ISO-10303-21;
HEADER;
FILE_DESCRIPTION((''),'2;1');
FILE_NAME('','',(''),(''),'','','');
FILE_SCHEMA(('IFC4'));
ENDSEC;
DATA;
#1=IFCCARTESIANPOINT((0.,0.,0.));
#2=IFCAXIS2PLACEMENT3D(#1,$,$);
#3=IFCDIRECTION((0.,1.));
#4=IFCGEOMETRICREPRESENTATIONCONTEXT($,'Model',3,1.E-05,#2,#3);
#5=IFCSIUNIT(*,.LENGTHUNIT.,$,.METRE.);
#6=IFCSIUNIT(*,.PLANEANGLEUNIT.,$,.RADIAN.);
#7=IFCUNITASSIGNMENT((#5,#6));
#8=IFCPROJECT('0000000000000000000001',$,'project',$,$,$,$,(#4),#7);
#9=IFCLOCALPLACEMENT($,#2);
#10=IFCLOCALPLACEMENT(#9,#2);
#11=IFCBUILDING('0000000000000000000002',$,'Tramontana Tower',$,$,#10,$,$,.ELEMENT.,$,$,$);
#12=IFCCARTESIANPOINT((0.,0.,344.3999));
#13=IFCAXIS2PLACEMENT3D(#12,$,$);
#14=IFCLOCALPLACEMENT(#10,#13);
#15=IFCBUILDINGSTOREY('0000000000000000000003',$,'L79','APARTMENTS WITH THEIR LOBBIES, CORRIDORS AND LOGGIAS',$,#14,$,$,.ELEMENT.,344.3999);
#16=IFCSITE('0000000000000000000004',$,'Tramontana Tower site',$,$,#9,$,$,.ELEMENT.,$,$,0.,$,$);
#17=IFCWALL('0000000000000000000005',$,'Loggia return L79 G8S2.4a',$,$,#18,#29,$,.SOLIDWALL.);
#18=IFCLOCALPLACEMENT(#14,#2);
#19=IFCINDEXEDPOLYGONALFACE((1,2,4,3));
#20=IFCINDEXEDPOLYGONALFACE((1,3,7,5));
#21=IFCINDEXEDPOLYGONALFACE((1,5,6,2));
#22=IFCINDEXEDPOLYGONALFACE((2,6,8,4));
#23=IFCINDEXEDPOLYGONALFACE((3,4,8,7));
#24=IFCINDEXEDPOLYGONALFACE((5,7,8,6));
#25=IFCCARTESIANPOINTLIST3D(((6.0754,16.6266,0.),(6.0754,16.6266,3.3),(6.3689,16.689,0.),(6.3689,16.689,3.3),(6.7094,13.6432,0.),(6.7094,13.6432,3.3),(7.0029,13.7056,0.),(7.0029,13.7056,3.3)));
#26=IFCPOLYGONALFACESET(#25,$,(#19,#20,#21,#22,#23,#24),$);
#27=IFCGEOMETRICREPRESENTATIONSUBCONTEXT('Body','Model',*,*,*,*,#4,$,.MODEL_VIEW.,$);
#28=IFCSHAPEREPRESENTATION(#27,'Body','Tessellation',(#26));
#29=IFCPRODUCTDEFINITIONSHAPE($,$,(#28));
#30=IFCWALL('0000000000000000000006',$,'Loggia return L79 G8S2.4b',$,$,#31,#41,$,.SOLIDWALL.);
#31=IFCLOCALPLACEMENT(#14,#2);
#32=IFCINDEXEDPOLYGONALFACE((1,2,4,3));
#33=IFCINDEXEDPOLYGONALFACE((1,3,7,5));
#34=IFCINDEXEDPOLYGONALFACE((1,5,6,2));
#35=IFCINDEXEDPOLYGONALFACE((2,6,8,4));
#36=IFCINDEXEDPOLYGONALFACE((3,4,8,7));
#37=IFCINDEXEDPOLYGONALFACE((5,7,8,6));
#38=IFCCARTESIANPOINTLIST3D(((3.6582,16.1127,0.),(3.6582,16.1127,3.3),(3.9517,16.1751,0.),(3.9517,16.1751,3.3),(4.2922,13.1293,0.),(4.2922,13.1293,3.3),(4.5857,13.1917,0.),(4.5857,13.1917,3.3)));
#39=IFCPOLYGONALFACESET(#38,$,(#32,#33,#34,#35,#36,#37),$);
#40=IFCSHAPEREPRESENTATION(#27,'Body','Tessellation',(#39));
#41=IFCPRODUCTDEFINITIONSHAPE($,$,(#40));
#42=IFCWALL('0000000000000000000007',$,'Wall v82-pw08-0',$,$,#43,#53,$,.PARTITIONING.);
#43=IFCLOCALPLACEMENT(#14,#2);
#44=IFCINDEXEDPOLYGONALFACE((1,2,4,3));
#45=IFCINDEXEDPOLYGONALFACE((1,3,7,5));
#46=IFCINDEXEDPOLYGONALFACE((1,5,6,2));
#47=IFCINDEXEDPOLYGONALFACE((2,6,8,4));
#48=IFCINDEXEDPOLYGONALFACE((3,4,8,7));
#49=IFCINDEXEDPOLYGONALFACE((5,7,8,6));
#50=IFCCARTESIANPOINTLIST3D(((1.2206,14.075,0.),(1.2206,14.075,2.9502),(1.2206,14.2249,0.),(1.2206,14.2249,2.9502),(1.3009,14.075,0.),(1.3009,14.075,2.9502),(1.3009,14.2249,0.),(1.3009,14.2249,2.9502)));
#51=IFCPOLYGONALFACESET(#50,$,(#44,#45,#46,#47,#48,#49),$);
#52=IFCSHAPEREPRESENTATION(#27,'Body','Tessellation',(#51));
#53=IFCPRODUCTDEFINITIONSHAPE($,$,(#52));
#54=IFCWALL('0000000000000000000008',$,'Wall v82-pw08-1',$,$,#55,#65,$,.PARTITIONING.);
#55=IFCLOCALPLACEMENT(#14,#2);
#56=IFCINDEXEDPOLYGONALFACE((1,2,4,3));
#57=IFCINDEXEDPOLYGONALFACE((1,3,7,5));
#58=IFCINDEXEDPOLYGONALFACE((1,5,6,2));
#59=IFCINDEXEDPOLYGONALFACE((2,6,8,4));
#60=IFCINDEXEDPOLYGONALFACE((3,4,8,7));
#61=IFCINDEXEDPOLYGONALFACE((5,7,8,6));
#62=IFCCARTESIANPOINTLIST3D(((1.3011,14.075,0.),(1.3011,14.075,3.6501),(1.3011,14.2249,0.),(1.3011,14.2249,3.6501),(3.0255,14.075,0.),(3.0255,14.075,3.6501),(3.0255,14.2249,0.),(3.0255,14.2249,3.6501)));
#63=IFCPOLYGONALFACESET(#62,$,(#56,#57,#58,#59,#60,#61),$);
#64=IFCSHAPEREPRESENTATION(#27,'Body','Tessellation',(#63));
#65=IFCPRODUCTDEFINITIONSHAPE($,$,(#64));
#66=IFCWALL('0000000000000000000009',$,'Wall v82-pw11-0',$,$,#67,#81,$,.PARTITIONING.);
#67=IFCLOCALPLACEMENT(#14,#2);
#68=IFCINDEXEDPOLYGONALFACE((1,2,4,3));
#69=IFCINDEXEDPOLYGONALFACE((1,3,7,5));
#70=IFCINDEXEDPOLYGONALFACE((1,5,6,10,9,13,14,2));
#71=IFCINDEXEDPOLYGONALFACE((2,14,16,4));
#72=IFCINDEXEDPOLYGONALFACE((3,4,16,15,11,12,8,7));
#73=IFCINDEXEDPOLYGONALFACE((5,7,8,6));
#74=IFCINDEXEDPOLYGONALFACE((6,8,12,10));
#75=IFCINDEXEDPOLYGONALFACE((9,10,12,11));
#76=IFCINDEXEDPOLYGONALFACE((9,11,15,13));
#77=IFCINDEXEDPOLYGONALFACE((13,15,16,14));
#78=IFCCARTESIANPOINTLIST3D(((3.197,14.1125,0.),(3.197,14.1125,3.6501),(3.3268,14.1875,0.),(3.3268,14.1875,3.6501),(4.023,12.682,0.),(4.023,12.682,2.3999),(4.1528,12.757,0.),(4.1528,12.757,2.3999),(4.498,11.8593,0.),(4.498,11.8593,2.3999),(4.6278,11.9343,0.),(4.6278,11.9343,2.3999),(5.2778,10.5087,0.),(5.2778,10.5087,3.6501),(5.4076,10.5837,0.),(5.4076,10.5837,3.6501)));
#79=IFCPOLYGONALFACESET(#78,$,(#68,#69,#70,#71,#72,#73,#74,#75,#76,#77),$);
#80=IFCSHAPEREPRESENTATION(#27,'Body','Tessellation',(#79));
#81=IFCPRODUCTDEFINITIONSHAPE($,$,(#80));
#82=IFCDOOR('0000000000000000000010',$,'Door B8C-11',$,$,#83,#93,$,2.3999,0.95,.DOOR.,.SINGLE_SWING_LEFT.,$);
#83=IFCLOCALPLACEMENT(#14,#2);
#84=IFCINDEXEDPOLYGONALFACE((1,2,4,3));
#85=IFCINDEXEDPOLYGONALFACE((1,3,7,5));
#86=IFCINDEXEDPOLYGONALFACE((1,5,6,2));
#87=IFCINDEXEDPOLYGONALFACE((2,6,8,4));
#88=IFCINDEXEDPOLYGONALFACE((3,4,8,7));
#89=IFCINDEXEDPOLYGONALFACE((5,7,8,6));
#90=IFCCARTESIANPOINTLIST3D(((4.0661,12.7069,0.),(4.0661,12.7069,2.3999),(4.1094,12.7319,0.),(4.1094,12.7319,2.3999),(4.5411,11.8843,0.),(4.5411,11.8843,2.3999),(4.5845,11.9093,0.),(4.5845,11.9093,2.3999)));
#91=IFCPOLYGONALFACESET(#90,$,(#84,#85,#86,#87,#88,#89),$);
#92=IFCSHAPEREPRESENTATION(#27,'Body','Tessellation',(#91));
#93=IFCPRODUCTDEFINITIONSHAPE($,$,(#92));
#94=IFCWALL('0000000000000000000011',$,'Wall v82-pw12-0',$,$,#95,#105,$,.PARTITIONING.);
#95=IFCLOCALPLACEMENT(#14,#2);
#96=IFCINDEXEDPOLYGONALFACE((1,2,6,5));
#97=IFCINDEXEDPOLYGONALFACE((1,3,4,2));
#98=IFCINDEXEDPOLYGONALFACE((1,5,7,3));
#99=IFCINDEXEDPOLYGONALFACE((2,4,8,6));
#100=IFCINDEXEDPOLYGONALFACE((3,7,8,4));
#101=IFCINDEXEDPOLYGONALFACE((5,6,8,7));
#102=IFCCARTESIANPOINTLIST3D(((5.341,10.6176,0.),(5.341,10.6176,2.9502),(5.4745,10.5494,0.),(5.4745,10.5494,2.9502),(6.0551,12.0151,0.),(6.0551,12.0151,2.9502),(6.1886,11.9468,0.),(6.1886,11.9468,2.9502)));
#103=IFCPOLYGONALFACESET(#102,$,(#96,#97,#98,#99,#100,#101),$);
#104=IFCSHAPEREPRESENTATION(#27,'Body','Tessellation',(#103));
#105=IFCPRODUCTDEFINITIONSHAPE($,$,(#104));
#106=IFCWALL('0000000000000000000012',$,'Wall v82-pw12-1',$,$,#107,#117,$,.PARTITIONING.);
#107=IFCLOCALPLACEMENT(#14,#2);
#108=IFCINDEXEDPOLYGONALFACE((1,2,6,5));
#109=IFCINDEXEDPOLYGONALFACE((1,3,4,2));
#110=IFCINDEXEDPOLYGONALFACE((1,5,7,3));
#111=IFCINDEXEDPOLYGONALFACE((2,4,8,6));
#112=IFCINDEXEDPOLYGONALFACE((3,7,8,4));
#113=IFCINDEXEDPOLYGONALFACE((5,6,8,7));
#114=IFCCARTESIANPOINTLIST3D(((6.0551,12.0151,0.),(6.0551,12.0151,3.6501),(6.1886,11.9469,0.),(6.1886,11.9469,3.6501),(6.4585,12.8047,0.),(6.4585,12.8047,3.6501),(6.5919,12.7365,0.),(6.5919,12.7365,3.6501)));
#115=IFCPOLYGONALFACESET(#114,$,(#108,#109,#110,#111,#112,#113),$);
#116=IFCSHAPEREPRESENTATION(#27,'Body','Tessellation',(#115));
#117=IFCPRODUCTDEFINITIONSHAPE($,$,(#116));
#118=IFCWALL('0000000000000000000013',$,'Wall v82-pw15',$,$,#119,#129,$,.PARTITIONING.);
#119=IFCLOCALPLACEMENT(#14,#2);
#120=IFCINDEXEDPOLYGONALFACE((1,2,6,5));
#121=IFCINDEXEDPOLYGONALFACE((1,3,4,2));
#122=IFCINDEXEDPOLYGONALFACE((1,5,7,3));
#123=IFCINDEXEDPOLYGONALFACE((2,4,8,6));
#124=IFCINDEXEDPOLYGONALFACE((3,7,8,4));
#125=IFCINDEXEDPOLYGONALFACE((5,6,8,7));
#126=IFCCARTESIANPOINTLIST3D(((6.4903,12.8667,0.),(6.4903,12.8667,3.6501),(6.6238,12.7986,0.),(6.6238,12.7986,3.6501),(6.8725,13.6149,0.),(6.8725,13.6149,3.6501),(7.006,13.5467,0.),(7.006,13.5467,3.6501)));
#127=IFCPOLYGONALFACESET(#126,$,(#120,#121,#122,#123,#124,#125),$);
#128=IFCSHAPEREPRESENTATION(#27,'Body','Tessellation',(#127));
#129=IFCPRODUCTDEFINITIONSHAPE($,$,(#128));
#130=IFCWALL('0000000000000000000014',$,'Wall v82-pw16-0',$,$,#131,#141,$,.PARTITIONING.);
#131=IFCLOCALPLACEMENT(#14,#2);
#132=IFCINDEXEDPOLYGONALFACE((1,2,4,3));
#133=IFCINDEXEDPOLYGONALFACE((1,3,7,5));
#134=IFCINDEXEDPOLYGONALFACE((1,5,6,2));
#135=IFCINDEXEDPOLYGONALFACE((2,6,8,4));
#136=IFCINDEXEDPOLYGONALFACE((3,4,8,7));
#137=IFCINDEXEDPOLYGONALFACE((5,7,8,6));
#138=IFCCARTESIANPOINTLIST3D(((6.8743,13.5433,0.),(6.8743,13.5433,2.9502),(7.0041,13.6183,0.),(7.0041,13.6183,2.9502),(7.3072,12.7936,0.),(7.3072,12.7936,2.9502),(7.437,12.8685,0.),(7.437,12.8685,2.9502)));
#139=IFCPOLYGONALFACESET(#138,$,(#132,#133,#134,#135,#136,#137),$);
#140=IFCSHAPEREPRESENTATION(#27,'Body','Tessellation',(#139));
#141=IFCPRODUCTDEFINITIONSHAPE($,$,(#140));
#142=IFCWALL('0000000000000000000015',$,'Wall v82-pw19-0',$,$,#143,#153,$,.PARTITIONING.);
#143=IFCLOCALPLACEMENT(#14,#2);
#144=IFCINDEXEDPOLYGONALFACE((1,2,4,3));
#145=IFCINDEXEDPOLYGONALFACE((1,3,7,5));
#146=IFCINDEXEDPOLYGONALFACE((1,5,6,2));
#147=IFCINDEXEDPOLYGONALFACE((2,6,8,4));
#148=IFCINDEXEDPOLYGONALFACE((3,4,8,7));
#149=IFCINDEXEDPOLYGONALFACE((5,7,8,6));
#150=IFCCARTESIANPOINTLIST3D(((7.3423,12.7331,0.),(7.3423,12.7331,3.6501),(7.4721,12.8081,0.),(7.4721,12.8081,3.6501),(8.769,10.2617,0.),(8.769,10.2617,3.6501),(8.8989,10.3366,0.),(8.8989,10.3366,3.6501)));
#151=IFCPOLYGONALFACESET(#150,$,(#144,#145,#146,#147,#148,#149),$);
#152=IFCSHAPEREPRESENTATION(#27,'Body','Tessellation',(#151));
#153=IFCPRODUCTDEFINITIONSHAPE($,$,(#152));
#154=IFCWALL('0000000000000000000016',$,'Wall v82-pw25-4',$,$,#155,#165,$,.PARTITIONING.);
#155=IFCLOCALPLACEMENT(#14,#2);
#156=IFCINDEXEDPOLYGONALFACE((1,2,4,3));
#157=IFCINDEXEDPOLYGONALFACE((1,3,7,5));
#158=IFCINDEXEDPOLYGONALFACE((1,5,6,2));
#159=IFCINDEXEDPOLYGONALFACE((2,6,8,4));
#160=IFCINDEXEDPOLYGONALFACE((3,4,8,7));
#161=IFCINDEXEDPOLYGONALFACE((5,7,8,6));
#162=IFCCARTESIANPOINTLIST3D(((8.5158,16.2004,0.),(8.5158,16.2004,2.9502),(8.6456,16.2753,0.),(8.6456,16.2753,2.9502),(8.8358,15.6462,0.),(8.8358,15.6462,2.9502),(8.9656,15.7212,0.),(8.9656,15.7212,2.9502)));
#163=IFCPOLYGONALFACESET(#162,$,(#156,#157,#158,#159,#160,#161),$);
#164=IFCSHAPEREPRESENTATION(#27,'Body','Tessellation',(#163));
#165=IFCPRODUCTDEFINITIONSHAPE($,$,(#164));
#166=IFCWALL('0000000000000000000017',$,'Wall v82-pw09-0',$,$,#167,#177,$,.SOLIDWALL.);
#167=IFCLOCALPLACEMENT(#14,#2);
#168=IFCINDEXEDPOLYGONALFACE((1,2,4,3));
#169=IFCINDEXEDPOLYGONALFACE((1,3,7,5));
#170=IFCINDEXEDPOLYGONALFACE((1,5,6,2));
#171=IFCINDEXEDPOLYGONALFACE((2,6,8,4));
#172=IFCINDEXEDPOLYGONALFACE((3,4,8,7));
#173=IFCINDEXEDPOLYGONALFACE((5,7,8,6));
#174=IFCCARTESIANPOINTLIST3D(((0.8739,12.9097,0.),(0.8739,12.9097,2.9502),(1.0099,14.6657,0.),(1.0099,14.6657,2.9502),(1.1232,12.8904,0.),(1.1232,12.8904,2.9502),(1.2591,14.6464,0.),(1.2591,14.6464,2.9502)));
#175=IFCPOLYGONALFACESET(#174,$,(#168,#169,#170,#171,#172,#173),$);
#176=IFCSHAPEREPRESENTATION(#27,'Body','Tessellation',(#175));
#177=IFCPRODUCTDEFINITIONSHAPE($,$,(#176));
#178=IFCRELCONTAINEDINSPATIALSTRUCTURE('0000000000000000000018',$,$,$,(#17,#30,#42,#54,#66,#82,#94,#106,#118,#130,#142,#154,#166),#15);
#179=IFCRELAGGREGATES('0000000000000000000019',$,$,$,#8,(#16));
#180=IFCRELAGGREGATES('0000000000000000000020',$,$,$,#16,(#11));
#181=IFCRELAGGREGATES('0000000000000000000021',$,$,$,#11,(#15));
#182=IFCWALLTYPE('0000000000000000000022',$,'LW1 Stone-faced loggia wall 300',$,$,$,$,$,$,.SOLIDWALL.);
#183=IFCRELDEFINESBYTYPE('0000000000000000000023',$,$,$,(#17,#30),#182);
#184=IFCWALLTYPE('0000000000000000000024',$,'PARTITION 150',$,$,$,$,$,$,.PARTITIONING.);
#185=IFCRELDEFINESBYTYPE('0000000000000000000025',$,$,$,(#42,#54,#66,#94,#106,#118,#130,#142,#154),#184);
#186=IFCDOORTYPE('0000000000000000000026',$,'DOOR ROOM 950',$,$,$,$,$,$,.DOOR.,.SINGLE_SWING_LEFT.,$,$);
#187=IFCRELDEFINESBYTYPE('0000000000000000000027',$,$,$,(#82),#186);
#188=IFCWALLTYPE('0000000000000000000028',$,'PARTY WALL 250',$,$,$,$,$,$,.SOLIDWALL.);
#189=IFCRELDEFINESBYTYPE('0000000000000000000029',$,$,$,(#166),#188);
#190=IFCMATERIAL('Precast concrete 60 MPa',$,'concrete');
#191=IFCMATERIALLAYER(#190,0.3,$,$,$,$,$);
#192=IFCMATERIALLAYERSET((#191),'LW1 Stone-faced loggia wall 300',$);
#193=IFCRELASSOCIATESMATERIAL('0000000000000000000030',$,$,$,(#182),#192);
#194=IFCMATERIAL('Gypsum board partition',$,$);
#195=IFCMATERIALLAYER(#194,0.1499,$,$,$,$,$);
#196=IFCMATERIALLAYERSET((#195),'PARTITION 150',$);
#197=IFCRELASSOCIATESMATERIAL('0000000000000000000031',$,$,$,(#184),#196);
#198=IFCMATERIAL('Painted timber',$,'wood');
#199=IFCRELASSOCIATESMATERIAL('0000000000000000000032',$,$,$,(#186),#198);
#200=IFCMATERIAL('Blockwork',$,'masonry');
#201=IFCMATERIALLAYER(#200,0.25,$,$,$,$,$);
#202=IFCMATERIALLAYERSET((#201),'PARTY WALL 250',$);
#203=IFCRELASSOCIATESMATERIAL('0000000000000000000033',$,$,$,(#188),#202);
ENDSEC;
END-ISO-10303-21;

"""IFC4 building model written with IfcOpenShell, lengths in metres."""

from ifc_helpers import new_model, si_unit, direction, frame, frame_2d, origin, place, context, subcontext, project, spatial, rectangle, extrude, material, layer, layer_set, type_object, element, fill, save


model = new_model("IFC4")

# Units and contexts
model_context = context("Model", 3, precision=1e-05, world=origin(), true_north=direction((0.0, 1.0)))
body_context = subcontext(model_context, "Body", "Model", "MODEL_VIEW")
ifc_project = project(units=[si_unit("LENGTHUNIT", "METRE"), si_unit("PLANEANGLEUNIT", "RADIAN")], contexts=[model_context])

# Site, building, storey
site_placement = place(None, origin())
site = spatial("IfcSite", under=ifc_project, at=site_placement, Name="Tramontana Tower site", CompositionType="ELEMENT", RefElevation=0.0)
building_placement = place(site_placement, origin())
building = spatial("IfcBuilding", under=site, at=building_placement, Name="Tramontana Tower", CompositionType="ELEMENT")
storey_placement = place(building_placement, frame((0.0, 0.0, 344.3999)))
storey = spatial("IfcBuildingStorey", under=building, at=storey_placement, Name="L79", Description="APARTMENTS WITH THEIR LOBBIES, CORRIDORS AND LOGGIAS", CompositionType="ELEMENT", Elevation=344.3999)

# Shared definitions
ifc_material_1 = material(Name="Precast concrete 60 MPa", Category="concrete")
ifc_layer_1 = layer(ifc_material_1, 0.3)
ifc_layer_set_1 = layer_set([ifc_layer_1], Name="LW1 Stone-faced loggia wall 300")
wall_type_1 = type_object("IfcWallType", Name="LW1 Stone-faced loggia wall 300", PredefinedType="SOLIDWALL", material=ifc_layer_set_1)

# Walls
for number, where, z_axis, x_axis, name in (
    (1, (6.2222, 16.6577, 0.0), (0.0, 0.0, 1.0), (0.207878, -0.978155, 0.0), "Loggia return L79 G8S2.4a"),
    (2, (3.8049, 16.1438, 0.0), (0.0, 0.0, 1.0), (0.207878, -0.978155, 0.0), "Loggia return L79 G8S2.4b"),
):
    element("IfcWall", number, at=place(storey_placement, frame(where, z_axis=z_axis, x_axis=x_axis)), inside=storey, type_object=wall_type_1, Name=name, PredefinedType="SOLIDWALL", context=body_context, shape_type="SweptSolid", body=[
        extrude(rectangle(XDim=3.05, YDim=0.3, at=frame_2d((1.5249, 0.0))), origin(), (0.0, 0.0, 1.0), 3.3),
    ])
ifc_material_2 = material(Name="Gypsum board partition")
ifc_layer_2 = layer(ifc_material_2, 0.1499)
ifc_layer_set_2 = layer_set([ifc_layer_2], Name="PARTITION 150")
wall_type_2 = type_object("IfcWallType", Name="PARTITION 150", PredefinedType="PARTITIONING", material=ifc_layer_set_2)
wall_1_placement = place(storey_placement, frame((1.2207, 14.1499, 0.0), z_axis=(0.0, 0.0, 1.0), x_axis=(1.0, 0.0, 0.0)))
element("IfcWall", 3, at=wall_1_placement, inside=storey, type_object=wall_type_2, Name="Wall v82-pw08-0", PredefinedType="PARTITIONING", context=body_context, shape_type="SweptSolid", body=[
    extrude(rectangle(XDim=0.0803, YDim=0.1499, at=frame_2d((0.04, 0.0))), origin(), (0.0, 0.0, 1.0), 2.9502),
])
wall_2_placement = place(storey_placement, frame((1.301, 14.1499, 0.0), z_axis=(0.0, 0.0, 1.0), x_axis=(1.0, 0.0, 0.0)))
element("IfcWall", 4, at=wall_2_placement, inside=storey, type_object=wall_type_2, Name="Wall v82-pw08-1", PredefinedType="PARTITIONING", context=body_context, shape_type="SweptSolid", body=[
    extrude(rectangle(XDim=1.7244, YDim=0.1499, at=frame_2d((0.8623, 0.0))), origin(), (0.0, 0.0, 1.0), 3.6501),
])

# Wall, opening, door
wall_3_placement = place(storey_placement, frame((3.262, 14.1499, 0.0), z_axis=(0.0, 0.0, 1.0), x_axis=(0.500032, -0.866007, 0.0)))
wall_3 = element("IfcWall", 5, at=wall_3_placement, inside=storey, type_object=wall_type_2, Name="Wall v82-pw11-0", PredefinedType="PARTITIONING", context=body_context, shape_type="SweptSolid", body=[
    extrude(rectangle(XDim=4.1614, YDim=0.1499, at=frame_2d((2.0806, 0.0))), origin(), (0.0, 0.0, 1.0), 3.6501),
])
opening_1_placement = place(wall_3_placement, frame((1.6516, 0.0, 0.0)))
opening_1 = element("IfcOpeningElement", 6, at=opening_1_placement, cuts=wall_3, PredefinedType="OPENING", context=body_context, shape_type="SweptSolid", body=[
    extrude(rectangle(XDim=0.95, YDim=2.3999, at=frame_2d((0.4751, 1.2))), frame((0.0, 0.085, 0.0), z_axis=(0.0, -1.0, 0.0), x_axis=(1.0, 0.0, 0.0)), (0.0, 0.0, 1.0), 0.1699),
])
ifc_material_3 = material(Name="Painted timber", Category="wood")
door_type_1 = type_object("IfcDoorType", Name="DOOR ROOM 950", OperationType="SINGLE_SWING_LEFT", PredefinedType="DOOR", material=ifc_material_3)
door_1_placement = place(opening_1_placement, origin())
door_1 = element("IfcDoor", 7, at=door_1_placement, inside=storey, type_object=door_type_1, Name="Door B8C-11", OperationType="SINGLE_SWING_LEFT", OverallHeight=2.3999, OverallWidth=0.95, PredefinedType="DOOR", context=body_context, shape_type="SweptSolid", body=[
    extrude(rectangle(XDim=0.95, YDim=2.3999, at=frame_2d((0.4751, 1.2))), frame((0.0, 0.0249, 0.0), z_axis=(0.0, -1.0, 0.0), x_axis=(1.0, 0.0, 0.0)), (0.0, 0.0, 1.0), 0.05),
])
fill(opening_1, door_1)

# Walls
wall_4_placement = place(storey_placement, frame((5.4077, 10.5835, 0.0), z_axis=(0.0, 0.0, 1.0), x_axis=(0.455037, 0.890473, 0.0)))
element("IfcWall", 8, at=wall_4_placement, inside=storey, type_object=wall_type_2, Name="Wall v82-pw12-0", PredefinedType="PARTITIONING", context=body_context, shape_type="SweptSolid", body=[
    extrude(rectangle(XDim=1.5693, YDim=0.1499, at=frame_2d((0.7847, 0.0))), origin(), (0.0, 0.0, 1.0), 2.9502),
])
wall_5_placement = place(storey_placement, frame((6.1218, 11.981, 0.0), z_axis=(0.0, 0.0, 1.0), x_axis=(0.454907, 0.890539, 0.0)))
element("IfcWall", 9, at=wall_5_placement, inside=storey, type_object=wall_type_2, Name="Wall v82-pw12-1", PredefinedType="PARTITIONING", context=body_context, shape_type="SweptSolid", body=[
    extrude(rectangle(XDim=0.8867, YDim=0.1499, at=frame_2d((0.4434, 0.0))), origin(), (0.0, 0.0, 1.0), 3.6501),
])
wall_6_placement = place(storey_placement, frame((6.5571, 12.8328, 0.0), z_axis=(0.0, 0.0, 1.0), x_axis=(0.45487, 0.890558, 0.0)))
element("IfcWall", 10, at=wall_6_placement, inside=storey, type_object=wall_type_2, Name="Wall v82-pw15", PredefinedType="PARTITIONING", context=body_context, shape_type="SweptSolid", body=[
    extrude(rectangle(XDim=0.8401, YDim=0.1499, at=frame_2d((0.4199, 0.0))), origin(), (0.0, 0.0, 1.0), 3.6501),
])
wall_7_placement = place(storey_placement, frame((6.9392, 13.5808, 0.0), z_axis=(0.0, 0.0, 1.0), x_axis=(0.499991, -0.866031, 0.0)))
element("IfcWall", 11, at=wall_7_placement, inside=storey, type_object=wall_type_2, Name="Wall v82-pw16-0", PredefinedType="PARTITIONING", context=body_context, shape_type="SweptSolid", body=[
    extrude(rectangle(XDim=0.8657, YDim=0.1499, at=frame_2d((0.4329, 0.0))), origin(), (0.0, 0.0, 1.0), 2.9502),
])
wall_8_placement = place(storey_placement, frame((7.4072, 12.7705, 0.0), z_axis=(0.0, 0.0, 1.0), x_axis=(0.499967, -0.866045, 0.0)))
element("IfcWall", 12, at=wall_8_placement, inside=storey, type_object=wall_type_2, Name="Wall v82-pw19-0", PredefinedType="PARTITIONING", context=body_context, shape_type="SweptSolid", body=[
    extrude(rectangle(XDim=2.8538, YDim=0.1499, at=frame_2d((1.4268, 0.0))), origin(), (0.0, 0.0, 1.0), 3.6501),
])
wall_9_placement = place(storey_placement, frame((8.9006, 15.6838, 0.0), z_axis=(0.0, 0.0, 1.0), x_axis=(-0.500119, 0.865957, 0.0)))
element("IfcWall", 13, at=wall_9_placement, inside=storey, type_object=wall_type_2, Name="Wall v82-pw25-4", PredefinedType="PARTITIONING", context=body_context, shape_type="SweptSolid", body=[
    extrude(rectangle(XDim=0.6399, YDim=0.1499, at=frame_2d((0.3198, 0.0))), origin(), (0.0, 0.0, 1.0), 2.9502),
])
ifc_material_4 = material(Name="Blockwork", Category="masonry")
ifc_layer_3 = layer(ifc_material_4, 0.25)
ifc_layer_set_3 = layer_set([ifc_layer_3], Name="PARTY WALL 250")
wall_type_3 = type_object("IfcWallType", Name="PARTY WALL 250", PredefinedType="SOLIDWALL", material=ifc_layer_set_3)
wall_10_placement = place(storey_placement, frame((1.1345, 14.656, 0.0), z_axis=(0.0, 0.0, 1.0), x_axis=(-0.077216, -0.997014, 0.0)))
element("IfcWall", 14, at=wall_10_placement, inside=storey, type_object=wall_type_3, Name="Wall v82-pw09-0", PredefinedType="SOLIDWALL", context=body_context, shape_type="SweptSolid", body=[
    extrude(rectangle(XDim=1.7612, YDim=0.25, at=frame_2d((0.8806, 0.0))), origin(), (0.0, 0.0, 1.0), 2.9502),
])

save(model, "model.ifc")
